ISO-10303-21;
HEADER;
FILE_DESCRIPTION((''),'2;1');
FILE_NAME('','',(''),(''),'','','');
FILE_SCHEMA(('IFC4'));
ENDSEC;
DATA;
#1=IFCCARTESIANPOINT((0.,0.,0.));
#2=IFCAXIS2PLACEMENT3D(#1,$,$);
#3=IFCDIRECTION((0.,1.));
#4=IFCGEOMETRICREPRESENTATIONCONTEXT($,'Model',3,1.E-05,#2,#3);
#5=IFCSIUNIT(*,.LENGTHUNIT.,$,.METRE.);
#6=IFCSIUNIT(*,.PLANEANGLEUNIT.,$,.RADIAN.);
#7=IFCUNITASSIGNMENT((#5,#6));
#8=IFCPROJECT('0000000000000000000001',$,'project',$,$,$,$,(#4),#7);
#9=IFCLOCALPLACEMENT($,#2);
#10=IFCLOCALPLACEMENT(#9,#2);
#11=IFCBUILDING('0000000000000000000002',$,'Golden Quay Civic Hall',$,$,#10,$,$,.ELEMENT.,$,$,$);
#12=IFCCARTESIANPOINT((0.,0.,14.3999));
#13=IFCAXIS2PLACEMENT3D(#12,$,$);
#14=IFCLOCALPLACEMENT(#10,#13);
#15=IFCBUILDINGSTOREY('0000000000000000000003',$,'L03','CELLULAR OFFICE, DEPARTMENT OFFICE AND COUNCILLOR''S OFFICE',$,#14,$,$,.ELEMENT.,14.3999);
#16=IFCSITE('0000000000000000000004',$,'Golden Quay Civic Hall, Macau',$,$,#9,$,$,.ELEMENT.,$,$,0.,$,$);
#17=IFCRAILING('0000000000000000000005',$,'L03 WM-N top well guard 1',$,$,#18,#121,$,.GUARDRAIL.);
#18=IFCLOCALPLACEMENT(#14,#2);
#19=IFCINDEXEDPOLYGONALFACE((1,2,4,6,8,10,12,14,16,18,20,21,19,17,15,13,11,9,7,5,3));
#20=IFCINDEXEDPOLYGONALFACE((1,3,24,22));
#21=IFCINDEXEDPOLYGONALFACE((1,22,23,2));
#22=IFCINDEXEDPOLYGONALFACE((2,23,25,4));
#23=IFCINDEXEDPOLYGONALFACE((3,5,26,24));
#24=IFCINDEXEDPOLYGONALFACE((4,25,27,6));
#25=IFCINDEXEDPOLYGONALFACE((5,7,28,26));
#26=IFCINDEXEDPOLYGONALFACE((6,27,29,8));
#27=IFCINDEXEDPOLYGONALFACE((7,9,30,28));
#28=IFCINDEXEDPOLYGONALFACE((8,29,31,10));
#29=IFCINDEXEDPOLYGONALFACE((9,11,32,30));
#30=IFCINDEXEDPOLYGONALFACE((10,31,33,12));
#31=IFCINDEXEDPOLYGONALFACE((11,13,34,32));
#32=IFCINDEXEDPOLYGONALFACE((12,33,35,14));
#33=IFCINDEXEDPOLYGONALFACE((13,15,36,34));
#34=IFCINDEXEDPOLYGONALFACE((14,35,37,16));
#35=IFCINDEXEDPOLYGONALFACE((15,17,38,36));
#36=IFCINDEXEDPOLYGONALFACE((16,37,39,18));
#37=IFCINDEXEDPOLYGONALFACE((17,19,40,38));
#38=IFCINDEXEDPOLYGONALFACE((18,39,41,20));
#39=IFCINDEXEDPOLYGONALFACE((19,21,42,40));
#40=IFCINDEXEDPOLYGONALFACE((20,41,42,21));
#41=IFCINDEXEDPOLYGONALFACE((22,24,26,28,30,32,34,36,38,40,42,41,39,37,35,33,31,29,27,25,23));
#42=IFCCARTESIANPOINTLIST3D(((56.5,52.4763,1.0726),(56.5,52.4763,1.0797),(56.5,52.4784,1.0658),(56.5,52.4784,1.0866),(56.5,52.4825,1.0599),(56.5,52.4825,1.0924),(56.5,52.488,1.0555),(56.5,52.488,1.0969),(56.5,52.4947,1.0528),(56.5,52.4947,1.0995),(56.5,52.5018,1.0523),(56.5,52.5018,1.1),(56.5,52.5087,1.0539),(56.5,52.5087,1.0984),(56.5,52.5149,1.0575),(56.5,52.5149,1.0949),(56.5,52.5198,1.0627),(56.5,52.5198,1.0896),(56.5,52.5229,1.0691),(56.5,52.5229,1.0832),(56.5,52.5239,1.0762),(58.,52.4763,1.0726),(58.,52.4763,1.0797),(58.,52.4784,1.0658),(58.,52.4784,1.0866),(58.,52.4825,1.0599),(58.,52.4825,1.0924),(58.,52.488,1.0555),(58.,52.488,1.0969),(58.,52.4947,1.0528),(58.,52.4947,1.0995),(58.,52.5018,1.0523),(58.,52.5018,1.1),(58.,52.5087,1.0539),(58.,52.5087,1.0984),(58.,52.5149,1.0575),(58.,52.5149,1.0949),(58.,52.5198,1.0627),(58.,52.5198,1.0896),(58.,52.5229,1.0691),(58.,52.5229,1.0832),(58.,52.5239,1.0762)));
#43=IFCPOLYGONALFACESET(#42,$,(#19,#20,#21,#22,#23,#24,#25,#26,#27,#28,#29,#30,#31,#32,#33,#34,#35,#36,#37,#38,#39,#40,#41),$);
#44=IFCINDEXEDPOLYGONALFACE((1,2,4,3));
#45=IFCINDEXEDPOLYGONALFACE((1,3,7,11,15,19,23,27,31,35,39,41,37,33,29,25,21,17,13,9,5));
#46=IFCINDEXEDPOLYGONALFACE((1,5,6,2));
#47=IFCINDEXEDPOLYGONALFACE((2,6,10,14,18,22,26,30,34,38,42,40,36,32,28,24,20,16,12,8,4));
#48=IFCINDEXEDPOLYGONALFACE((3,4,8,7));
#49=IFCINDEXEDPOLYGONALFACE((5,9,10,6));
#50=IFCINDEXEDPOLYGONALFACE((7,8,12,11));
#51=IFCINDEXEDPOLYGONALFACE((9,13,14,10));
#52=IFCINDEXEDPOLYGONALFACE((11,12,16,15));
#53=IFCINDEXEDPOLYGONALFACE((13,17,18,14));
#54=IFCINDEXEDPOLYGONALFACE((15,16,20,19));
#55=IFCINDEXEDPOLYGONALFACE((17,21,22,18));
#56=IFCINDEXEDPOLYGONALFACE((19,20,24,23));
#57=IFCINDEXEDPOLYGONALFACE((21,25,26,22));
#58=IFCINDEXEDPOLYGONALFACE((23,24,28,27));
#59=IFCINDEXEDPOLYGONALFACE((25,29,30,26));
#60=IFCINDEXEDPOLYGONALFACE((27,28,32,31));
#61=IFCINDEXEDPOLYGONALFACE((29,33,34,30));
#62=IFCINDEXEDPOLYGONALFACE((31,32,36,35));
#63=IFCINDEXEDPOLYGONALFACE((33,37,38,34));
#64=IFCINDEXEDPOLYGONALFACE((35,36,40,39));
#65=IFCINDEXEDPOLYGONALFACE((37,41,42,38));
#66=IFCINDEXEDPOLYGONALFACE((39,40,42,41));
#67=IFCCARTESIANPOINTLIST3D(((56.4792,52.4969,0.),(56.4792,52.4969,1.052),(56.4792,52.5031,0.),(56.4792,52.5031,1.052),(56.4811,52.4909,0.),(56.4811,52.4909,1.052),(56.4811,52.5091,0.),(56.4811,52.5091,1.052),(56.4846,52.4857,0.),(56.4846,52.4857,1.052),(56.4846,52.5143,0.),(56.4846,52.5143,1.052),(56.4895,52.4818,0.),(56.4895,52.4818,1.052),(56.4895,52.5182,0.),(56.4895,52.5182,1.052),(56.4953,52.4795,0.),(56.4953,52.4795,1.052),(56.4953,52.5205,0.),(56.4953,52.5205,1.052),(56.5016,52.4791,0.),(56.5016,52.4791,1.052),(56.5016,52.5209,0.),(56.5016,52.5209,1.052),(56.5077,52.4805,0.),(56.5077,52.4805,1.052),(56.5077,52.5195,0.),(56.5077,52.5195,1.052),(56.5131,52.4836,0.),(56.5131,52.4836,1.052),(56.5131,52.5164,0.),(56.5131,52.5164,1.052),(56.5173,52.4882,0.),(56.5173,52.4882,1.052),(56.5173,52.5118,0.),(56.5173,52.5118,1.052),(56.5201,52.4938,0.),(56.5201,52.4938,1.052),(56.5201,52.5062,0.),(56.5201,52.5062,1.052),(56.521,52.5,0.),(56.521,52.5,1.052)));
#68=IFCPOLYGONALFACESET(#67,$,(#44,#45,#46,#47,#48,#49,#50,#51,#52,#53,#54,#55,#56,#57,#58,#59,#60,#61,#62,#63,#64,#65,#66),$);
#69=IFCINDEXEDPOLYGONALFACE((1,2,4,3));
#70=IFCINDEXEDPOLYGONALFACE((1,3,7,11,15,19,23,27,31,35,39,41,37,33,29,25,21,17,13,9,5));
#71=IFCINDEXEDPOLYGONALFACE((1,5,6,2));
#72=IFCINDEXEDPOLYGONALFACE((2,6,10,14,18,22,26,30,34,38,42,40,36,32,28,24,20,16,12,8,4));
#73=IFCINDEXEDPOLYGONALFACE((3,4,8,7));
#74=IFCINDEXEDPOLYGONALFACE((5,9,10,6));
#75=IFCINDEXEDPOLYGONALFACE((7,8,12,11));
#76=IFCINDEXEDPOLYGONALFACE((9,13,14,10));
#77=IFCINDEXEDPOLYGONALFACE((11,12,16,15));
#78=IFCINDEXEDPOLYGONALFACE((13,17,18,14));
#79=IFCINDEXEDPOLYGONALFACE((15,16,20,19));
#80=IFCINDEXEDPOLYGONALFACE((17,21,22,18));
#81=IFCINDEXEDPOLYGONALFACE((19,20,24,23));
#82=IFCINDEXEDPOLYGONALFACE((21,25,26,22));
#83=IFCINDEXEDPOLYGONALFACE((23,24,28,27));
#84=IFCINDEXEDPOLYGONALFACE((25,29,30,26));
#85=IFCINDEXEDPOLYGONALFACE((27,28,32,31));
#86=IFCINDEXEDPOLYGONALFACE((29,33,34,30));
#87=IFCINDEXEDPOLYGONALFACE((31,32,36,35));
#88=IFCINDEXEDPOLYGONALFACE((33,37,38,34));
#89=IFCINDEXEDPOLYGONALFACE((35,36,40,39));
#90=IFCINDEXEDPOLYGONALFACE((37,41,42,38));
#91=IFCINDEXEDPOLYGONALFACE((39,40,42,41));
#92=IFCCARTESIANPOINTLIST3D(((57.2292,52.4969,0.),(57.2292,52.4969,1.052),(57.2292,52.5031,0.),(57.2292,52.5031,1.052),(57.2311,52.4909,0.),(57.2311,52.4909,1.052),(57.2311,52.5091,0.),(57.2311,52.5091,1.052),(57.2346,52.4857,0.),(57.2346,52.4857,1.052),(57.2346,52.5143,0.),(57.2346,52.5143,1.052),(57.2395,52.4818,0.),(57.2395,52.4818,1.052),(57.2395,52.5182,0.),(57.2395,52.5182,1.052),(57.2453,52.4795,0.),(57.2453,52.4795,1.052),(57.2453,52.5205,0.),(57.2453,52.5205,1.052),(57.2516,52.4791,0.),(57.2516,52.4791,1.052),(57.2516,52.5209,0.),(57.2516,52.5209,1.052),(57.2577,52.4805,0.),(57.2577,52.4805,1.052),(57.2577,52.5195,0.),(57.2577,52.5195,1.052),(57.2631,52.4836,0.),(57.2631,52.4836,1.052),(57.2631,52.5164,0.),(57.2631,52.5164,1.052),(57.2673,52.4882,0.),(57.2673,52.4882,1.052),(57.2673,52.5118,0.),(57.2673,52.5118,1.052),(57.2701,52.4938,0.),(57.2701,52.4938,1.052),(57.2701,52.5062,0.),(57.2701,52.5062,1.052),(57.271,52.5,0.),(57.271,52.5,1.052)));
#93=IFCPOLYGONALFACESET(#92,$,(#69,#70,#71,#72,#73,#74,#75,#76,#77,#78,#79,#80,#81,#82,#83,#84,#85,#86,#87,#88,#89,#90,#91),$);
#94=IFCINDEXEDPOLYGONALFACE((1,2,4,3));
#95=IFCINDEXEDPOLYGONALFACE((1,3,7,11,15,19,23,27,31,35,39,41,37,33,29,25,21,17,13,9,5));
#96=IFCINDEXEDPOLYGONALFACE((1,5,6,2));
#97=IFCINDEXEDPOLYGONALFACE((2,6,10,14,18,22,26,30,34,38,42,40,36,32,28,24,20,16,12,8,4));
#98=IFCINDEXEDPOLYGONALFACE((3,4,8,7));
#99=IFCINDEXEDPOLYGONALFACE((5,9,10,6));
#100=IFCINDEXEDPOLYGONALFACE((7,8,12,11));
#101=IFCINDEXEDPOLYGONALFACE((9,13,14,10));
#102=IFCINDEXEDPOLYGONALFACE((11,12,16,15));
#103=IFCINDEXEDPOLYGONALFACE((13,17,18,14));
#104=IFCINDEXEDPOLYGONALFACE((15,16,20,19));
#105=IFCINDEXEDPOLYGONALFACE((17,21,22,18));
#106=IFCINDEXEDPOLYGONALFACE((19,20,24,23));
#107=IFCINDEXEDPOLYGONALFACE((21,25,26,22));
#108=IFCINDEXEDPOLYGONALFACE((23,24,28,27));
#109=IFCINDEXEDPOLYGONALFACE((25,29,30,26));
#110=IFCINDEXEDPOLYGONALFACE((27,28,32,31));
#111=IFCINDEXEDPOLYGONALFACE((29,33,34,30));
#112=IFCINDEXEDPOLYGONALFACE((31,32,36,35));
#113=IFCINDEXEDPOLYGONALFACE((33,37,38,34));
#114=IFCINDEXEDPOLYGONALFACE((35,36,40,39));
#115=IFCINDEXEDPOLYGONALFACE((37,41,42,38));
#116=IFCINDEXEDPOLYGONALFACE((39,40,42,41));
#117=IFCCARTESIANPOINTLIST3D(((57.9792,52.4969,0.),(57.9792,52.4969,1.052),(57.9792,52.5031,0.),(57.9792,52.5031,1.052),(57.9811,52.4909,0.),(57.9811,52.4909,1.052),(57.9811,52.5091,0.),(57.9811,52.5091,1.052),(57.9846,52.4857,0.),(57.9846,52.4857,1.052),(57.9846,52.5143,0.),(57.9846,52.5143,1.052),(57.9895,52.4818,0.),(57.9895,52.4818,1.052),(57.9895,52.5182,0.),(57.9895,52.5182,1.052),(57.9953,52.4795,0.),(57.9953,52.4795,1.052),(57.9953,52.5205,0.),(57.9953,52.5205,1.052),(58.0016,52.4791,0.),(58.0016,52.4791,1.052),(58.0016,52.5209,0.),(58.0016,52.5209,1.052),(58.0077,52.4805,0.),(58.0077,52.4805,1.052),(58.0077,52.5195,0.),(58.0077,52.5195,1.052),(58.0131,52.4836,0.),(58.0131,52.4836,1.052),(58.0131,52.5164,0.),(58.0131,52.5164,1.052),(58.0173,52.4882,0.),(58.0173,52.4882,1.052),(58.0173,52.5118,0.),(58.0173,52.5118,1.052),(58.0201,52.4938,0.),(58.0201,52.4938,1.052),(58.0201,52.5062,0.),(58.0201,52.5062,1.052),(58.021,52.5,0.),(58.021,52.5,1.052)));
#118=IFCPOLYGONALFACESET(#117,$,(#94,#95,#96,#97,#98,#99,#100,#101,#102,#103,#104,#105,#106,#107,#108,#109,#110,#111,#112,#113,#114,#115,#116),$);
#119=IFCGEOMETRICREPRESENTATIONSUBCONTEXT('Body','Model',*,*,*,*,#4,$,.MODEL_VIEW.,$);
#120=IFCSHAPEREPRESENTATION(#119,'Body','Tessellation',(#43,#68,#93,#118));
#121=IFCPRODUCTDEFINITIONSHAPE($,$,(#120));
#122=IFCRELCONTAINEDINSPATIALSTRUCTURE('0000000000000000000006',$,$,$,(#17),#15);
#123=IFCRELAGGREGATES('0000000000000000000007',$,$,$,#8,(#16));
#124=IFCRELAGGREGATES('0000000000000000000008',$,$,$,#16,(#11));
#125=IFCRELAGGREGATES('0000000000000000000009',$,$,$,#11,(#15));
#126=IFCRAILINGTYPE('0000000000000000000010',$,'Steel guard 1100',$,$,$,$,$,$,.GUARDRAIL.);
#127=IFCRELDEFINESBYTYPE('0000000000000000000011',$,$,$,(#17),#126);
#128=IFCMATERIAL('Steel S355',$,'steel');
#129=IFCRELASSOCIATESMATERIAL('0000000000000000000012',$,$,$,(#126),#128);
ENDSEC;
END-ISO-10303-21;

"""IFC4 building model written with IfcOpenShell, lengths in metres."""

from ifc_helpers import new_model, si_unit, direction, frame, origin, origin_2d, place, context, subcontext, project, spatial, circle, extrude, material, type_object, element, save


model = new_model("IFC4")

# Units and contexts
model_context = context("Model", 3, precision=1e-05, world=origin(), true_north=direction((0.0, 1.0)))
body_context = subcontext(model_context, "Body", "Model", "MODEL_VIEW")
ifc_project = project(units=[si_unit("LENGTHUNIT", "METRE"), si_unit("PLANEANGLEUNIT", "RADIAN")], contexts=[model_context])

# Site, building, storey
site_placement = place(None, origin())
site = spatial("IfcSite", under=ifc_project, at=site_placement, Name="Golden Quay Civic Hall, Macau", CompositionType="ELEMENT", RefElevation=0.0)
building_placement = place(site_placement, origin())
building = spatial("IfcBuilding", under=site, at=building_placement, Name="Golden Quay Civic Hall", CompositionType="ELEMENT")
storey_placement = place(building_placement, frame((0.0, 0.0, 14.3999)))
storey = spatial("IfcBuildingStorey", under=building, at=storey_placement, Name="L03", Description="CELLULAR OFFICE, DEPARTMENT OFFICE AND COUNCILLOR'S OFFICE", CompositionType="ELEMENT", Elevation=14.3999)

# Railing
ifc_material_1 = material(Name="Steel S355", Category="steel")
railing_type = type_object("IfcRailingType", Name="Steel guard 1100", PredefinedType="GUARDRAIL", material=ifc_material_1)
railing_placement = place(storey_placement, frame((56.5, 52.5, 0.0)))
element("IfcRailing", 1, at=railing_placement, inside=storey, type_object=railing_type, Name="L03 WM-N top well guard 1", PredefinedType="GUARDRAIL", context=body_context, shape_type="SweptSolid", body=[
    extrude(circle(Radius=0.0239, at=origin_2d()), frame((0.0, 0.0, 1.0762), z_axis=(1.0, 0.0, 0.0), x_axis=(0.0, 1.0, 0.0)), (0.0, 0.0, 1.0), 1.5),
    extrude(circle(Radius=0.021, at=origin_2d()), origin(), (0.0, 0.0, 1.0), 1.052),
    extrude(circle(Radius=0.021, at=origin_2d()), frame((0.75, 0.0, 0.0)), (0.0, 0.0, 1.0), 1.052),
    extrude(circle(Radius=0.021, at=origin_2d()), frame((1.5, 0.0, 0.0)), (0.0, 0.0, 1.0), 1.052),
])

save(model, "model.ifc")
